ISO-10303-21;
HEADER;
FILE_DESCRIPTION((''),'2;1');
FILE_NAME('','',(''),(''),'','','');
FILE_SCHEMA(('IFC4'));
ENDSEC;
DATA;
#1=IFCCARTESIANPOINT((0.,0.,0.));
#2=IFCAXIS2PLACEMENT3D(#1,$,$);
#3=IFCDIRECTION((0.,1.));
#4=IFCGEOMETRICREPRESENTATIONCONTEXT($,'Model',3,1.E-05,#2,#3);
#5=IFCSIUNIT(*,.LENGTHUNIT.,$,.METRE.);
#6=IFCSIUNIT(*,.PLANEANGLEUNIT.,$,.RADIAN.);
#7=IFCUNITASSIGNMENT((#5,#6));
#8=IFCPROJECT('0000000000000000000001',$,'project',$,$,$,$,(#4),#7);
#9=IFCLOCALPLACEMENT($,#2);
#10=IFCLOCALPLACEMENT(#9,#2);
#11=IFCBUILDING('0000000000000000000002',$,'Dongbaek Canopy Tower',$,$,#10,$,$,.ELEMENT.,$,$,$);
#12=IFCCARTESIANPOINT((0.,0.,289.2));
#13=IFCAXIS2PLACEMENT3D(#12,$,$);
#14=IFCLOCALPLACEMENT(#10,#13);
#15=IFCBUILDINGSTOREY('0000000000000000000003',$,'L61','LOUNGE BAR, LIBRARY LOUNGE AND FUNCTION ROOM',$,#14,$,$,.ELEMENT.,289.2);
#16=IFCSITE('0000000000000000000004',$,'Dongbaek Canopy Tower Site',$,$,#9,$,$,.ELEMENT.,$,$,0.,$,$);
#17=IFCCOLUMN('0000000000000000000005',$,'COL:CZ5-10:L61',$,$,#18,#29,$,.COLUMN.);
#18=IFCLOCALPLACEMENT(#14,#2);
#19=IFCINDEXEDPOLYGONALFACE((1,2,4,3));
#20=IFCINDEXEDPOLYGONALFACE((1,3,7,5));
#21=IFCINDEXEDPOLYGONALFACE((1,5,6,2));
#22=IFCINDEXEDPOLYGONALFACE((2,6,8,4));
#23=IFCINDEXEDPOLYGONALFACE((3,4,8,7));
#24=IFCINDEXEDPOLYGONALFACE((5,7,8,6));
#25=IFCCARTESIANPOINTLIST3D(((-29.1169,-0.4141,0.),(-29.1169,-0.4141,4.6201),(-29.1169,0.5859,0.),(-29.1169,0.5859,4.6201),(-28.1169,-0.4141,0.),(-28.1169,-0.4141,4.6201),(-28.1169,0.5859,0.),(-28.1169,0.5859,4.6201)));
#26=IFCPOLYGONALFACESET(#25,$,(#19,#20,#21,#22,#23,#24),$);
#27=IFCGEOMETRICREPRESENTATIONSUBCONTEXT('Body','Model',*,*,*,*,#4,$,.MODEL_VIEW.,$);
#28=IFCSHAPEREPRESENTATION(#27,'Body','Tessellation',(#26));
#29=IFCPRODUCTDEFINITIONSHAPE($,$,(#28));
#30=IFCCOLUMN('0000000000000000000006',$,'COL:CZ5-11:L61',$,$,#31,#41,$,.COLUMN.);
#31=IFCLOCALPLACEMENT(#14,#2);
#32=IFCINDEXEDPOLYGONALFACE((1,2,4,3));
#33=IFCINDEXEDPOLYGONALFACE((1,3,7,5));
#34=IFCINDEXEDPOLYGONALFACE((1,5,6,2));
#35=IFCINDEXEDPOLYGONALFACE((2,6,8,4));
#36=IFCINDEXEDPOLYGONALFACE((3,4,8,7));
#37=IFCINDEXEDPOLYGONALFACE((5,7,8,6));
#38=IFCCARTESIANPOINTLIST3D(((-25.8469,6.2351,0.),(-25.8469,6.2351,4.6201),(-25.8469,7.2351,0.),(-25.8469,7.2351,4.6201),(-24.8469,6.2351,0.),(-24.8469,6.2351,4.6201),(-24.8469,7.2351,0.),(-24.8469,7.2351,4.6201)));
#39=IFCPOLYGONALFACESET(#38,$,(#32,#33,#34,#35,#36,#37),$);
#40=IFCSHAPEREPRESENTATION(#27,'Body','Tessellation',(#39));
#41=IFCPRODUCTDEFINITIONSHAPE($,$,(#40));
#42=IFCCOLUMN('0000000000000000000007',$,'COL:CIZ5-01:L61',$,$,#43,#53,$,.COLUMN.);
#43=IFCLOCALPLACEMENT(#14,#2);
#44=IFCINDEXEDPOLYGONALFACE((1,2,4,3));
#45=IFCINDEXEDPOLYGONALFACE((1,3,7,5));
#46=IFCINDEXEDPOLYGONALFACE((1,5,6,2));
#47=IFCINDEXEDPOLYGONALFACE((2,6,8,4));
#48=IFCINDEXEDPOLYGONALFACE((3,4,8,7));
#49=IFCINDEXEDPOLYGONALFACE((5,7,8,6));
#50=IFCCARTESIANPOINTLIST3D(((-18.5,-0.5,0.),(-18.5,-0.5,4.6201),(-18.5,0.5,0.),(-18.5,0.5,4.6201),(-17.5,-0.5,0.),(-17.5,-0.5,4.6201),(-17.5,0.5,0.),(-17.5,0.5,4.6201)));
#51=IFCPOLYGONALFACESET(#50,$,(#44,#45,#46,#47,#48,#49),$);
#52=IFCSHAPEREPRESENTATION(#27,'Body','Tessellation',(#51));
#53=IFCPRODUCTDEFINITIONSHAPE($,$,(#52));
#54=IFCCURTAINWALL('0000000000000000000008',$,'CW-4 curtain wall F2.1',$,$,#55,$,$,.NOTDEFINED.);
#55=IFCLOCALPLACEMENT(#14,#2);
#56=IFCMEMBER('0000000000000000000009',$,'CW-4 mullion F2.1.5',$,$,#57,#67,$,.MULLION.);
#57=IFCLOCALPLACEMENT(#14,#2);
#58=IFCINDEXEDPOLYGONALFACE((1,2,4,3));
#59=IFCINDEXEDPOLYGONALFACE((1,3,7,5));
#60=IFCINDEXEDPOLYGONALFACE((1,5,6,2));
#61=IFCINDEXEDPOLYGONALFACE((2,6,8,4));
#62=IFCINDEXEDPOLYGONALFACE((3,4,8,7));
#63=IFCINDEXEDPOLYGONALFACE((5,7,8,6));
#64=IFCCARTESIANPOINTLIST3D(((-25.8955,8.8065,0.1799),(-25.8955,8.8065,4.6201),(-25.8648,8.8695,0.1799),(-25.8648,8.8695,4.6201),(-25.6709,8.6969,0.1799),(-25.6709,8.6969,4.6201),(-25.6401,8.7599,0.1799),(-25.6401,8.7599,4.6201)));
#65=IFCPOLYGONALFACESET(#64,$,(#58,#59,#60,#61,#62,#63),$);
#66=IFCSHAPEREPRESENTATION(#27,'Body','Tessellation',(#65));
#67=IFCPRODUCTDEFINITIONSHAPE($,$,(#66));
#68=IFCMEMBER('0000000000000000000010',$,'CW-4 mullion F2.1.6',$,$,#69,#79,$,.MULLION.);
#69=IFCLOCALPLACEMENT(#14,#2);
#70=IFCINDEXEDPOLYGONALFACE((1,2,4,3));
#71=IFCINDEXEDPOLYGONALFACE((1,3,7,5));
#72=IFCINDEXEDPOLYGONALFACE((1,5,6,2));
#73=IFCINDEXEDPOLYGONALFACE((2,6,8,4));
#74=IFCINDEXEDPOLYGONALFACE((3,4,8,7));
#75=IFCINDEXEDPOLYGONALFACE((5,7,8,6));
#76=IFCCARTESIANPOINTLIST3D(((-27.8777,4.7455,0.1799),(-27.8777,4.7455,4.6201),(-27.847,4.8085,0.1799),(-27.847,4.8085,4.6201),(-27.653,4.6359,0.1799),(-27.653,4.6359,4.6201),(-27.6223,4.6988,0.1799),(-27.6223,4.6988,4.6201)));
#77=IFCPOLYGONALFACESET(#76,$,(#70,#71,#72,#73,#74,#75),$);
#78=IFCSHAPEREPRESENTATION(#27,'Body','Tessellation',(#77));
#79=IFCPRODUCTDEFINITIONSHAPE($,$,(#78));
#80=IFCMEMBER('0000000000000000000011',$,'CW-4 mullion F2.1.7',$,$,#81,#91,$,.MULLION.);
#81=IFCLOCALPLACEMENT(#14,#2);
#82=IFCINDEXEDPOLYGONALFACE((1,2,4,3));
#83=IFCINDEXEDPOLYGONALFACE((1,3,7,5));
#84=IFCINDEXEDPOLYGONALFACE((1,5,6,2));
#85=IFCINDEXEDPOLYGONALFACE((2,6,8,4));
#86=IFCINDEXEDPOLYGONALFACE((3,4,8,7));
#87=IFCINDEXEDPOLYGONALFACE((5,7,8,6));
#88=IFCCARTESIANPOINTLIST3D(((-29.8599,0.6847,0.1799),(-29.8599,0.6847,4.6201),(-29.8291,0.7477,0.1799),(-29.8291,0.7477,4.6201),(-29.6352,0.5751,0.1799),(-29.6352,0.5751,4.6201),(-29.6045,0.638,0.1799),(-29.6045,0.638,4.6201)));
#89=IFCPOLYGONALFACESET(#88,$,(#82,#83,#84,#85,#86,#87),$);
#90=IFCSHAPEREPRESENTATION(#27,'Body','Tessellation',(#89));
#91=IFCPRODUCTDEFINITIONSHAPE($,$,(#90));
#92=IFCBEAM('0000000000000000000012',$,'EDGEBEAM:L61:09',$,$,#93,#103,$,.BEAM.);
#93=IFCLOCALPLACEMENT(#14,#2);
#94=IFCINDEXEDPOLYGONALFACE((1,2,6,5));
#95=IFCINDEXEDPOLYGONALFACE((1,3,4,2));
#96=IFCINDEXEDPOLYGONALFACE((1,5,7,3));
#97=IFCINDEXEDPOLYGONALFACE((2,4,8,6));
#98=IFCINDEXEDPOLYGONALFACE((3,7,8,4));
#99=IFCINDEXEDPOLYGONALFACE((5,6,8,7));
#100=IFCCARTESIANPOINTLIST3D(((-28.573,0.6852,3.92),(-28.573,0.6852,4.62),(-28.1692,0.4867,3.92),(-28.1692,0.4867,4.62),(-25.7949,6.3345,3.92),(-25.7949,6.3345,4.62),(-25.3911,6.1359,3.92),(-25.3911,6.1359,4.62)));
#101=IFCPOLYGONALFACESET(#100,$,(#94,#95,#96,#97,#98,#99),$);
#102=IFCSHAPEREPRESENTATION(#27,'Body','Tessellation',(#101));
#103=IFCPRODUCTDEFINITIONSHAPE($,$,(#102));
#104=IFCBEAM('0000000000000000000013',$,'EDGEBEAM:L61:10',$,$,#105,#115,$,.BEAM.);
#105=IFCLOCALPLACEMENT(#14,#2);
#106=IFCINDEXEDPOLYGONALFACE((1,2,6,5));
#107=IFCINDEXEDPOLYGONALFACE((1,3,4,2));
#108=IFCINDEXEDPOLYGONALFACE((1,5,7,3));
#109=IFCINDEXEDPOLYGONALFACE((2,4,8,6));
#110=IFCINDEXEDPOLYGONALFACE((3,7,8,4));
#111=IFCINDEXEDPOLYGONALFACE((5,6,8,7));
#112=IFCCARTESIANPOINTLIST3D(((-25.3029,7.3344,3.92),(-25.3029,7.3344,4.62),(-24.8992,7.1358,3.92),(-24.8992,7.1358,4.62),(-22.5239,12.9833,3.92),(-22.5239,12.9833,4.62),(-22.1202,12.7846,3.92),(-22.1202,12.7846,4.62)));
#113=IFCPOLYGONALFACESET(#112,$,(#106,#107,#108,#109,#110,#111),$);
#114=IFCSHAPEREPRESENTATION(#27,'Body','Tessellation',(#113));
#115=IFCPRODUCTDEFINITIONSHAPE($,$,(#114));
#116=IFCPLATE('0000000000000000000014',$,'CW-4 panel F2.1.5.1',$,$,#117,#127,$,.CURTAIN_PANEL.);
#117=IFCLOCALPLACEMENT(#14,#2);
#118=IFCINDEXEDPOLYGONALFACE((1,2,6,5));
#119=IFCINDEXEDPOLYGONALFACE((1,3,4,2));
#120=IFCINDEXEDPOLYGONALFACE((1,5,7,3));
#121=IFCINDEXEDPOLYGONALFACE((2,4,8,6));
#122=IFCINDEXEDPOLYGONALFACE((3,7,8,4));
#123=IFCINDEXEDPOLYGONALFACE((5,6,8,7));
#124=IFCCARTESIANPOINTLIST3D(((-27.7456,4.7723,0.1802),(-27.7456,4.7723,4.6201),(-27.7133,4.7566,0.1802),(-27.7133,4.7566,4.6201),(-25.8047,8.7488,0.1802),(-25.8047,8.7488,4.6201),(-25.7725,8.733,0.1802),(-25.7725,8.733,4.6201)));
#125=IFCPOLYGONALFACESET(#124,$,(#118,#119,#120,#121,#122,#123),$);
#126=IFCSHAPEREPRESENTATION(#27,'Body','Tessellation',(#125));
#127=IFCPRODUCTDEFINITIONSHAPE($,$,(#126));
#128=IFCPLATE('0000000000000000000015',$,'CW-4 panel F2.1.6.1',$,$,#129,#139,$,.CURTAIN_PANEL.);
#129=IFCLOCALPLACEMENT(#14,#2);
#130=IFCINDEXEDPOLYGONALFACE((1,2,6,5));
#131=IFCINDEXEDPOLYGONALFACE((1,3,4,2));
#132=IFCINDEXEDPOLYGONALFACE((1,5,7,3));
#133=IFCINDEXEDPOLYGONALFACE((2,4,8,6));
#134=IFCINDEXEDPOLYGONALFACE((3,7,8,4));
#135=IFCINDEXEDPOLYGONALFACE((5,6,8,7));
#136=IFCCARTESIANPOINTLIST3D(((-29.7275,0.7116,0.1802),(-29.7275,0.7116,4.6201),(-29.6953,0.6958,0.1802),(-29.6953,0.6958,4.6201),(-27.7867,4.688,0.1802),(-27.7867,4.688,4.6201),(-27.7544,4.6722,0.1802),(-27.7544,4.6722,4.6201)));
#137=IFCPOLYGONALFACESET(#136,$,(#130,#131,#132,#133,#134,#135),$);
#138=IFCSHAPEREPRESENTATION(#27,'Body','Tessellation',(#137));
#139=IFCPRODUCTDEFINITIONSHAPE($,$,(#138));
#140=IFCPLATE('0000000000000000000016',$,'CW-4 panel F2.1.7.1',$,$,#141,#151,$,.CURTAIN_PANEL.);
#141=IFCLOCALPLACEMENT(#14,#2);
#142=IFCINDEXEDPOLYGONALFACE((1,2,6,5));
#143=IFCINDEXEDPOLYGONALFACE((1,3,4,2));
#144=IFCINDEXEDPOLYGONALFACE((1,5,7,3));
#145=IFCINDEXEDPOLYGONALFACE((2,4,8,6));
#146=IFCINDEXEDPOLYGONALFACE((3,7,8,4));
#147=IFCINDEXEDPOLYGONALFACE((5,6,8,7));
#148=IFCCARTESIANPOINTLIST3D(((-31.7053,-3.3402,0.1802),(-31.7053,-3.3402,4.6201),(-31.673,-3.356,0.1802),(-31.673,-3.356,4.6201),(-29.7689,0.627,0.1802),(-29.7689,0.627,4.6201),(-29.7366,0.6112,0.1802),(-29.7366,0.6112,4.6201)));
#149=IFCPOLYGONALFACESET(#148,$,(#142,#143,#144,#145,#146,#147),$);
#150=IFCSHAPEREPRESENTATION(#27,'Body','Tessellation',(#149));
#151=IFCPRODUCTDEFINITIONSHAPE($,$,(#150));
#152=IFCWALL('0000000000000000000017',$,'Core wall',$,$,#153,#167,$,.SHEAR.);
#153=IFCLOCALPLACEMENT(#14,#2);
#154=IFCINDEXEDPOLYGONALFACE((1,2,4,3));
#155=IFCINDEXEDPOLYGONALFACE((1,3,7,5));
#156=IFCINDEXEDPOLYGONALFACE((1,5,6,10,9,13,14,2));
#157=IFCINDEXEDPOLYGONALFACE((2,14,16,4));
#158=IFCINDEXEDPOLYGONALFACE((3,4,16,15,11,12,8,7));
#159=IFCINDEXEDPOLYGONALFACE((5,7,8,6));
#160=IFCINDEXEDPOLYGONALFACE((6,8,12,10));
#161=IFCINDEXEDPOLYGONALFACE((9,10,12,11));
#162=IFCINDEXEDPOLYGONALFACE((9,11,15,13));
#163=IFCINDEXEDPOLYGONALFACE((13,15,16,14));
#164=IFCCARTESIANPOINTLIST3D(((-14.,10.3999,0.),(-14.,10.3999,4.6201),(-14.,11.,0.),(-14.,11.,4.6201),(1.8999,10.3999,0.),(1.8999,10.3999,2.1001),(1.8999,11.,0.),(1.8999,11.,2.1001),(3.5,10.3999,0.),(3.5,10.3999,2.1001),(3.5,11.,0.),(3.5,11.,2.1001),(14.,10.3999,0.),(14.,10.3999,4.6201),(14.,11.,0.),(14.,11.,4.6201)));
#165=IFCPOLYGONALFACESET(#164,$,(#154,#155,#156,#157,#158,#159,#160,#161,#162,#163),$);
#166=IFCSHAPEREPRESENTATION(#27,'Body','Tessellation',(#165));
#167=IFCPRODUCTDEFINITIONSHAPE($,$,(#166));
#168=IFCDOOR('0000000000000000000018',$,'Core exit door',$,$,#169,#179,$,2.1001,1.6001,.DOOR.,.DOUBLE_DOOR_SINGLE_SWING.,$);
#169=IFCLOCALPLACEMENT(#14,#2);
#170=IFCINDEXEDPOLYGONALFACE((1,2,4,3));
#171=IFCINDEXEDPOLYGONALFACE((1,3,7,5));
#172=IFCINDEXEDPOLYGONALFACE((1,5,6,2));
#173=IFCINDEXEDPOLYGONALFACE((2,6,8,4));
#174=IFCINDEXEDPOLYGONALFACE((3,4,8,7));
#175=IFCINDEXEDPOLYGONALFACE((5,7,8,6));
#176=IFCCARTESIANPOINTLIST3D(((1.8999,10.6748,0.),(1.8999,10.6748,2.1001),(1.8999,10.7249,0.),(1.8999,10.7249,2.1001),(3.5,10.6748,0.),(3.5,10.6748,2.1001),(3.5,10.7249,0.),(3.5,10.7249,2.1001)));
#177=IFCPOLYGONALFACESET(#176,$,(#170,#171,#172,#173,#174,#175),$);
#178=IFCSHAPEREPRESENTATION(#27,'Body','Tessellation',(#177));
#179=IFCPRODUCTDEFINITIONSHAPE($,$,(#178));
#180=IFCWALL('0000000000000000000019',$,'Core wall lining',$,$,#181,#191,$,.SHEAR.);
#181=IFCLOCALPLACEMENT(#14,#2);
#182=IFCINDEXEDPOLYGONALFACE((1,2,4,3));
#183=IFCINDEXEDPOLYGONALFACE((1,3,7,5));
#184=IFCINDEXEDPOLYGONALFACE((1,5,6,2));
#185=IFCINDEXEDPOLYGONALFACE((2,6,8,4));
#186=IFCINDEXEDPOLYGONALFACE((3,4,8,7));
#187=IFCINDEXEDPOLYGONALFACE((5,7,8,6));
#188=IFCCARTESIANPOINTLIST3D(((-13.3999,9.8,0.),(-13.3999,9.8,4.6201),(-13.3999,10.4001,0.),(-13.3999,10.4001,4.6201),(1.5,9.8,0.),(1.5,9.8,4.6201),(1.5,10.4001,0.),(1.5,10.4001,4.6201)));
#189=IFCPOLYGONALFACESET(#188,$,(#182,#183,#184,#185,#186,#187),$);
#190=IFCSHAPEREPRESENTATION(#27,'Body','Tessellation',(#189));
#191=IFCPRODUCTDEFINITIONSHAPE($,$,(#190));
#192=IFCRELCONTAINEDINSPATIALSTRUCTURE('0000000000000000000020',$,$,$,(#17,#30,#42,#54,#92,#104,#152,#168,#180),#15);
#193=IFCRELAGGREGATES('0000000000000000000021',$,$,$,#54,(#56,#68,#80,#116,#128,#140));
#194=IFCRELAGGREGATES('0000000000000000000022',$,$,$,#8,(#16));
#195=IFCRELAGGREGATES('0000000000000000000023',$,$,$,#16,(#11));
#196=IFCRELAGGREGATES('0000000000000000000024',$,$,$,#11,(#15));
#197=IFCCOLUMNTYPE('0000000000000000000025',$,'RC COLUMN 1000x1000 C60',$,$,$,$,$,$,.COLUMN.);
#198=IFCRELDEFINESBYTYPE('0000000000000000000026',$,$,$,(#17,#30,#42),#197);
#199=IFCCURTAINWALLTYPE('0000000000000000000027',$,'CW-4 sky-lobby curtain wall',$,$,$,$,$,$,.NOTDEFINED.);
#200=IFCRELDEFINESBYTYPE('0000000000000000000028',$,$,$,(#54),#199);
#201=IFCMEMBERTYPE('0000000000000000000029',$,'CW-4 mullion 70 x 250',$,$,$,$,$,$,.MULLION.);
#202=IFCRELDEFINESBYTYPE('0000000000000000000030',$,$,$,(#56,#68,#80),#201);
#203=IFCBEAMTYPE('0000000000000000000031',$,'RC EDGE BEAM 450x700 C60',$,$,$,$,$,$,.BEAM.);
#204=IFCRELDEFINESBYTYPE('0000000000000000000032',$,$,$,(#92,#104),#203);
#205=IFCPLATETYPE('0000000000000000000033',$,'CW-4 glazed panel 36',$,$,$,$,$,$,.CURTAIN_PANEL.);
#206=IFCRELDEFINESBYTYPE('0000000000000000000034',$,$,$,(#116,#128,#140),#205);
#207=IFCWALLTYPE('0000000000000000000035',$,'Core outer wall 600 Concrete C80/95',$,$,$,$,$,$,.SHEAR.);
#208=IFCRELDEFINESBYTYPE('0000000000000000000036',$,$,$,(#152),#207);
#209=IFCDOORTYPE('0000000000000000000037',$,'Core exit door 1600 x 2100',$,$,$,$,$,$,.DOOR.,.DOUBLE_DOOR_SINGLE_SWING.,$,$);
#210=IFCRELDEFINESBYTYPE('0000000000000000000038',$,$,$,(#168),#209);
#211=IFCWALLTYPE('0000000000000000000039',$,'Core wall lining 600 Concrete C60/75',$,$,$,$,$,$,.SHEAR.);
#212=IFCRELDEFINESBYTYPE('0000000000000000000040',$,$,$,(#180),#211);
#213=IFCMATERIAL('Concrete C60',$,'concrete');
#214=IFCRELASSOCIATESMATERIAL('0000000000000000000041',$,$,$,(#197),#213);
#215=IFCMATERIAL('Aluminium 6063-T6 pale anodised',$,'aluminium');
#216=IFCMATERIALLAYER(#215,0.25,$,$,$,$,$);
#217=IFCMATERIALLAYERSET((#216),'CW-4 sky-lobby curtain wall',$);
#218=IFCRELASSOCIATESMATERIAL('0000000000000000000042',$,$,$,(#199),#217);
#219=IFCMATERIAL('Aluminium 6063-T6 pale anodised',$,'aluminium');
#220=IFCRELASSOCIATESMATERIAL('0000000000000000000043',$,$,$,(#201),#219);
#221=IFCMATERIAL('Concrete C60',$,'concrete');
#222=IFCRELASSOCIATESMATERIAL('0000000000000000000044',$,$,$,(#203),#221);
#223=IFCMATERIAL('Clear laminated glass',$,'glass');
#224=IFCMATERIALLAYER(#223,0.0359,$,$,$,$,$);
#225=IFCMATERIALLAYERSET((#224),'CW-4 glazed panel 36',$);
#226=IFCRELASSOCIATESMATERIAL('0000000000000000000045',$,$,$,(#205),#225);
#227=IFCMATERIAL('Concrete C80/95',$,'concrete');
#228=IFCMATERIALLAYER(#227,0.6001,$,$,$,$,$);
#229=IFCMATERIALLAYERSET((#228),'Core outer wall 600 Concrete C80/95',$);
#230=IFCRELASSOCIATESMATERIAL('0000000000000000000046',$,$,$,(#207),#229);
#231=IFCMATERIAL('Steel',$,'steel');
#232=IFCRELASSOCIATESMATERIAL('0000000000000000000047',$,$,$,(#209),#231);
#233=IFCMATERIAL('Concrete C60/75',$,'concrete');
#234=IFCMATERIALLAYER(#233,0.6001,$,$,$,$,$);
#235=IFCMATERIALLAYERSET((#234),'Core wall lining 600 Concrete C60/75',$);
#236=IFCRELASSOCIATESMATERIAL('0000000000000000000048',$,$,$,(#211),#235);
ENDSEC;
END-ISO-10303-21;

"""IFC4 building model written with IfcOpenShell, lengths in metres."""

from ifc_helpers import new_model, si_unit, direction, frame, frame_2d, origin, origin_2d, place, context, subcontext, project, spatial, rectangle, extrude, material, layer, layer_set, material_profile, profile_set, type_object, element, fill, aggregate, save


model = new_model("IFC4")

# Units and contexts
model_context = context("Model", 3, precision=1e-05, world=origin(), true_north=direction((0.0, 1.0)))
body_context = subcontext(model_context, "Body", "Model", "MODEL_VIEW")
ifc_project = project(units=[si_unit("LENGTHUNIT", "METRE"), si_unit("PLANEANGLEUNIT", "RADIAN")], contexts=[model_context])

# Site, building, storey
site_placement = place(None, origin())
site = spatial("IfcSite", under=ifc_project, at=site_placement, Name="Dongbaek Canopy Tower Site", CompositionType="ELEMENT", RefElevation=0.0)
building_placement = place(site_placement, origin())
building = spatial("IfcBuilding", under=site, at=building_placement, Name="Dongbaek Canopy Tower", CompositionType="ELEMENT")
storey_placement = place(building_placement, frame((0.0, 0.0, 289.2)))
storey = spatial("IfcBuildingStorey", under=building, at=storey_placement, Name="L61", Description="LOUNGE BAR, LIBRARY LOUNGE AND FUNCTION ROOM", CompositionType="ELEMENT", Elevation=289.2)

# Columns
ifc_material_1 = material(Name="Concrete C60", Category="concrete")
ifc_material_profile_1 = material_profile(ifc_material_1, rectangle(XDim=1.0, YDim=1.0, at=origin_2d()), Name="RC COLUMN 1000x1000 C60")
ifc_profile_set_1 = profile_set([ifc_material_profile_1], Name="Concrete C60")
column_type = type_object("IfcColumnType", Name="RC COLUMN 1000x1000 C60", PredefinedType="COLUMN", material=ifc_profile_set_1)
for number, where, z_axis, x_axis, name in (
    (1, (-28.6169, 0.0859, 0.0), (0.0, 0.0, 1.0), (1.0, 0.0, 0.0), "COL:CZ5-10:L61"),
    (2, (-25.3469, 6.7351, 0.0), (0.0, 0.0, 1.0), (1.0, 0.0, 0.0), "COL:CZ5-11:L61"),
    (3, (-18.0, 0.0, 0.0), (0.0, 0.0, 1.0), (1.0, 0.0, 0.0), "COL:CIZ5-01:L61"),
):
    element("IfcColumn", number, at=place(storey_placement, frame(where, z_axis=z_axis, x_axis=x_axis)), inside=storey, type_object=column_type, Name=name, PredefinedType="COLUMN", context=body_context, shape_type="SweptSolid", body=[
        extrude(rectangle(XDim=1.0, YDim=1.0, at=origin_2d()), origin(), (0.0, 0.0, 1.0), 4.6201),
    ])

# Curtain wall, members
ifc_material_2 = material(Name="Aluminium 6063-T6 pale anodised", Category="aluminium")
ifc_layer_1 = layer(ifc_material_2, 0.25)
ifc_layer_set_1 = layer_set([ifc_layer_1], Name="CW-4 sky-lobby curtain wall")
curtain_wall_type = type_object("IfcCurtainWallType", Name="CW-4 sky-lobby curtain wall", PredefinedType="NOTDEFINED", material=ifc_layer_set_1)
curtain_wall_placement = place(storey_placement, origin())
curtain_wall = element("IfcCurtainWall", 4, at=curtain_wall_placement, inside=storey, type_object=curtain_wall_type, Name="CW-4 curtain wall F2.1", PredefinedType="NOTDEFINED")
ifc_material_3 = material(Name="Aluminium 6063-T6 pale anodised", Category="aluminium")
ifc_material_profile_2 = material_profile(ifc_material_3, rectangle(XDim=0.25, YDim=0.0701, at=origin_2d()), Name="CW-4 mullion 70 x 250")
ifc_profile_set_2 = profile_set([ifc_material_profile_2], Name="Aluminium 6063-T6 pale anodised")
member_type = type_object("IfcMemberType", Name="CW-4 mullion 70 x 250", PredefinedType="MULLION", material=ifc_profile_set_2)
member_1_placement = place(storey_placement, frame((-25.7678, 8.7832, 0.1799), z_axis=(0.0, 0.0, 1.0), x_axis=(-0.898667, 0.438631, 0.0)))
member_1 = element("IfcMember", 5, at=member_1_placement, type_object=member_type, Name="CW-4 mullion F2.1.5", PredefinedType="MULLION", context=body_context, shape_type="SweptSolid", body=[
    extrude(rectangle(XDim=0.25, YDim=0.0701, at=origin_2d()), origin(), (0.0, 0.0, 1.0), 4.4402),
])
member_2_placement = place(storey_placement, frame((-27.75, 4.7222, 0.1799), z_axis=(0.0, 0.0, 1.0), x_axis=(-0.898667, 0.438631, 0.0)))
member_2 = element("IfcMember", 6, at=member_2_placement, type_object=member_type, Name="CW-4 mullion F2.1.6", PredefinedType="MULLION", context=body_context, shape_type="SweptSolid", body=[
    extrude(rectangle(XDim=0.25, YDim=0.0701, at=origin_2d()), origin(), (0.0, 0.0, 1.0), 4.4402),
])
member_3_placement = place(storey_placement, frame((-29.7322, 0.6614, 0.1799), z_axis=(0.0, 0.0, 1.0), x_axis=(-0.898667, 0.438631, 0.0)))
member_3 = element("IfcMember", 7, at=member_3_placement, type_object=member_type, Name="CW-4 mullion F2.1.7", PredefinedType="MULLION", context=body_context, shape_type="SweptSolid", body=[
    extrude(rectangle(XDim=0.25, YDim=0.0701, at=origin_2d()), origin(), (0.0, 0.0, 1.0), 4.4402),
])

# Beams
ifc_material_4 = material(Name="Concrete C60", Category="concrete")
ifc_material_profile_3 = material_profile(ifc_material_4, rectangle(XDim=0.45, YDim=0.7, at=origin_2d()), Name="RC EDGE BEAM 450x700 C60")
ifc_profile_set_3 = profile_set([ifc_material_profile_3], Name="Concrete C60")
beam_type = type_object("IfcBeamType", Name="RC EDGE BEAM 450x700 C60", PredefinedType="BEAM", material=ifc_profile_set_3)
for number, where, z_axis, x_axis, name in (
    (8, (-28.3711, 0.5859, 4.27), (0.441294, 0.897363, 0.0), (-0.897363, 0.441294, 0.0), "EDGEBEAM:L61:09"),
    (9, (-25.1011, 7.2351, 4.27), (0.441434, 0.897294, 0.0), (-0.897294, 0.441434, 0.0), "EDGEBEAM:L61:10"),
):
    element("IfcBeam", number, at=place(storey_placement, frame(where, z_axis=z_axis, x_axis=x_axis)), inside=storey, type_object=beam_type, Name=name, PredefinedType="BEAM", context=body_context, shape_type="SweptSolid", body=[
        extrude(rectangle(XDim=0.45, YDim=0.7, at=origin_2d()), origin(), (0.0, 0.0, 1.0), 6.2954),
    ])

# Plates
ifc_material_5 = material(Name="Clear laminated glass", Category="glass")
ifc_layer_2 = layer(ifc_material_5, 0.0359)
ifc_layer_set_2 = layer_set([ifc_layer_2], Name="CW-4 glazed panel 36")
plate_type = type_object("IfcPlateType", Name="CW-4 glazed panel 36", PredefinedType="CURTAIN_PANEL", material=ifc_layer_set_2)
plate_1_placement = place(storey_placement, frame((-26.759, 6.7527, 0.1802), z_axis=(0.0, 0.0, 1.0), x_axis=(-0.438631, -0.898667, 0.0)))
plate_1 = element("IfcPlate", 10, at=plate_1_placement, type_object=plate_type, Name="CW-4 panel F2.1.5.1", PredefinedType="CURTAIN_PANEL", context=body_context, shape_type="SweptSolid", body=[
    extrude(rectangle(XDim=4.4248, YDim=0.0359, at=origin_2d()), origin(), (0.0, 0.0, 1.0), 4.4399),
])
plate_2_placement = place(storey_placement, frame((-28.741, 2.6919, 0.1802), z_axis=(0.0, 0.0, 1.0), x_axis=(-0.438631, -0.898667, 0.0)))
plate_2 = element("IfcPlate", 11, at=plate_2_placement, type_object=plate_type, Name="CW-4 panel F2.1.6.1", PredefinedType="CURTAIN_PANEL", context=body_context, shape_type="SweptSolid", body=[
    extrude(rectangle(XDim=4.4248, YDim=0.0359, at=origin_2d()), origin(), (0.0, 0.0, 1.0), 4.4399),
])
plate_3_placement = place(storey_placement, frame((-30.7209, -1.3645, 0.1802), z_axis=(0.0, 0.0, 1.0), x_axis=(-0.438631, -0.898667, 0.0)))
plate_3 = element("IfcPlate", 12, at=plate_3_placement, type_object=plate_type, Name="CW-4 panel F2.1.7.1", PredefinedType="CURTAIN_PANEL", context=body_context, shape_type="SweptSolid", body=[
    extrude(rectangle(XDim=4.4146, YDim=0.0359, at=origin_2d()), origin(), (0.0, 0.0, 1.0), 4.4399),
])
aggregate(curtain_wall, [member_1, member_2, member_3, plate_1, plate_2, plate_3])

# Wall, opening, door
ifc_material_6 = material(Name="Concrete C80/95", Category="concrete")
ifc_layer_3 = layer(ifc_material_6, 0.6001)
ifc_layer_set_3 = layer_set([ifc_layer_3], Name="Core outer wall 600 Concrete C80/95")
wall_type_1 = type_object("IfcWallType", Name="Core outer wall 600 Concrete C80/95", PredefinedType="SHEAR", material=ifc_layer_set_3)
wall_1_placement = place(storey_placement, frame((-14.0, 10.7, 0.0), z_axis=(0.0, 0.0, 1.0), x_axis=(1.0, 0.0, 0.0)))
wall_1 = element("IfcWall", 13, at=wall_1_placement, inside=storey, type_object=wall_type_1, Name="Core wall", PredefinedType="SHEAR", context=body_context, shape_type="SweptSolid", body=[
    extrude(rectangle(XDim=28.0, YDim=0.6001, at=frame_2d((14.0, 0.0))), origin(), (0.0, 0.0, 1.0), 4.6201),
])
opening_placement = place(wall_1_placement, frame((15.8999, 0.0, 0.0)))
opening = element("IfcOpeningElement", 14, at=opening_placement, cuts=wall_1, PredefinedType="OPENING", context=body_context, shape_type="SweptSolid", body=[
    extrude(rectangle(XDim=1.6001, YDim=2.1001, at=frame_2d((0.8, 1.05))), frame((0.0, 0.3101, 0.0), z_axis=(0.0, -1.0, 0.0), x_axis=(1.0, 0.0, 0.0)), (0.0, 0.0, 1.0), 0.6201),
])
ifc_material_7 = material(Name="Steel", Category="steel")
door_type = type_object("IfcDoorType", Name="Core exit door 1600 x 2100", OperationType="DOUBLE_DOOR_SINGLE_SWING", PredefinedType="DOOR", material=ifc_material_7)
door_placement = place(opening_placement, origin())
door = element("IfcDoor", 15, at=door_placement, inside=storey, type_object=door_type, Name="Core exit door", OperationType="DOUBLE_DOOR_SINGLE_SWING", OverallHeight=2.1001, OverallWidth=1.6001, PredefinedType="DOOR", context=body_context, shape_type="SweptSolid", body=[
    extrude(rectangle(XDim=1.6001, YDim=2.1001, at=frame_2d((0.8, 1.05))), frame((0.0, 0.0249, 0.0), z_axis=(0.0, -1.0, 0.0), x_axis=(1.0, 0.0, 0.0)), (0.0, 0.0, 1.0), 0.05),
])
fill(opening, door)

# Wall
ifc_material_8 = material(Name="Concrete C60/75", Category="concrete")
ifc_layer_4 = layer(ifc_material_8, 0.6001)
ifc_layer_set_4 = layer_set([ifc_layer_4], Name="Core wall lining 600 Concrete C60/75")
wall_type_2 = type_object("IfcWallType", Name="Core wall lining 600 Concrete C60/75", PredefinedType="SHEAR", material=ifc_layer_set_4)
wall_2_placement = place(storey_placement, frame((-13.3999, 10.1001, 0.0), z_axis=(0.0, 0.0, 1.0), x_axis=(1.0, 0.0, 0.0)))
element("IfcWall", 16, at=wall_2_placement, inside=storey, type_object=wall_type_2, Name="Core wall lining", PredefinedType="SHEAR", context=body_context, shape_type="SweptSolid", body=[
    extrude(rectangle(XDim=14.8999, YDim=0.6001, at=frame_2d((7.45, 0.0))), origin(), (0.0, 0.0, 1.0), 4.6201),
])

save(model, "model.ifc")
